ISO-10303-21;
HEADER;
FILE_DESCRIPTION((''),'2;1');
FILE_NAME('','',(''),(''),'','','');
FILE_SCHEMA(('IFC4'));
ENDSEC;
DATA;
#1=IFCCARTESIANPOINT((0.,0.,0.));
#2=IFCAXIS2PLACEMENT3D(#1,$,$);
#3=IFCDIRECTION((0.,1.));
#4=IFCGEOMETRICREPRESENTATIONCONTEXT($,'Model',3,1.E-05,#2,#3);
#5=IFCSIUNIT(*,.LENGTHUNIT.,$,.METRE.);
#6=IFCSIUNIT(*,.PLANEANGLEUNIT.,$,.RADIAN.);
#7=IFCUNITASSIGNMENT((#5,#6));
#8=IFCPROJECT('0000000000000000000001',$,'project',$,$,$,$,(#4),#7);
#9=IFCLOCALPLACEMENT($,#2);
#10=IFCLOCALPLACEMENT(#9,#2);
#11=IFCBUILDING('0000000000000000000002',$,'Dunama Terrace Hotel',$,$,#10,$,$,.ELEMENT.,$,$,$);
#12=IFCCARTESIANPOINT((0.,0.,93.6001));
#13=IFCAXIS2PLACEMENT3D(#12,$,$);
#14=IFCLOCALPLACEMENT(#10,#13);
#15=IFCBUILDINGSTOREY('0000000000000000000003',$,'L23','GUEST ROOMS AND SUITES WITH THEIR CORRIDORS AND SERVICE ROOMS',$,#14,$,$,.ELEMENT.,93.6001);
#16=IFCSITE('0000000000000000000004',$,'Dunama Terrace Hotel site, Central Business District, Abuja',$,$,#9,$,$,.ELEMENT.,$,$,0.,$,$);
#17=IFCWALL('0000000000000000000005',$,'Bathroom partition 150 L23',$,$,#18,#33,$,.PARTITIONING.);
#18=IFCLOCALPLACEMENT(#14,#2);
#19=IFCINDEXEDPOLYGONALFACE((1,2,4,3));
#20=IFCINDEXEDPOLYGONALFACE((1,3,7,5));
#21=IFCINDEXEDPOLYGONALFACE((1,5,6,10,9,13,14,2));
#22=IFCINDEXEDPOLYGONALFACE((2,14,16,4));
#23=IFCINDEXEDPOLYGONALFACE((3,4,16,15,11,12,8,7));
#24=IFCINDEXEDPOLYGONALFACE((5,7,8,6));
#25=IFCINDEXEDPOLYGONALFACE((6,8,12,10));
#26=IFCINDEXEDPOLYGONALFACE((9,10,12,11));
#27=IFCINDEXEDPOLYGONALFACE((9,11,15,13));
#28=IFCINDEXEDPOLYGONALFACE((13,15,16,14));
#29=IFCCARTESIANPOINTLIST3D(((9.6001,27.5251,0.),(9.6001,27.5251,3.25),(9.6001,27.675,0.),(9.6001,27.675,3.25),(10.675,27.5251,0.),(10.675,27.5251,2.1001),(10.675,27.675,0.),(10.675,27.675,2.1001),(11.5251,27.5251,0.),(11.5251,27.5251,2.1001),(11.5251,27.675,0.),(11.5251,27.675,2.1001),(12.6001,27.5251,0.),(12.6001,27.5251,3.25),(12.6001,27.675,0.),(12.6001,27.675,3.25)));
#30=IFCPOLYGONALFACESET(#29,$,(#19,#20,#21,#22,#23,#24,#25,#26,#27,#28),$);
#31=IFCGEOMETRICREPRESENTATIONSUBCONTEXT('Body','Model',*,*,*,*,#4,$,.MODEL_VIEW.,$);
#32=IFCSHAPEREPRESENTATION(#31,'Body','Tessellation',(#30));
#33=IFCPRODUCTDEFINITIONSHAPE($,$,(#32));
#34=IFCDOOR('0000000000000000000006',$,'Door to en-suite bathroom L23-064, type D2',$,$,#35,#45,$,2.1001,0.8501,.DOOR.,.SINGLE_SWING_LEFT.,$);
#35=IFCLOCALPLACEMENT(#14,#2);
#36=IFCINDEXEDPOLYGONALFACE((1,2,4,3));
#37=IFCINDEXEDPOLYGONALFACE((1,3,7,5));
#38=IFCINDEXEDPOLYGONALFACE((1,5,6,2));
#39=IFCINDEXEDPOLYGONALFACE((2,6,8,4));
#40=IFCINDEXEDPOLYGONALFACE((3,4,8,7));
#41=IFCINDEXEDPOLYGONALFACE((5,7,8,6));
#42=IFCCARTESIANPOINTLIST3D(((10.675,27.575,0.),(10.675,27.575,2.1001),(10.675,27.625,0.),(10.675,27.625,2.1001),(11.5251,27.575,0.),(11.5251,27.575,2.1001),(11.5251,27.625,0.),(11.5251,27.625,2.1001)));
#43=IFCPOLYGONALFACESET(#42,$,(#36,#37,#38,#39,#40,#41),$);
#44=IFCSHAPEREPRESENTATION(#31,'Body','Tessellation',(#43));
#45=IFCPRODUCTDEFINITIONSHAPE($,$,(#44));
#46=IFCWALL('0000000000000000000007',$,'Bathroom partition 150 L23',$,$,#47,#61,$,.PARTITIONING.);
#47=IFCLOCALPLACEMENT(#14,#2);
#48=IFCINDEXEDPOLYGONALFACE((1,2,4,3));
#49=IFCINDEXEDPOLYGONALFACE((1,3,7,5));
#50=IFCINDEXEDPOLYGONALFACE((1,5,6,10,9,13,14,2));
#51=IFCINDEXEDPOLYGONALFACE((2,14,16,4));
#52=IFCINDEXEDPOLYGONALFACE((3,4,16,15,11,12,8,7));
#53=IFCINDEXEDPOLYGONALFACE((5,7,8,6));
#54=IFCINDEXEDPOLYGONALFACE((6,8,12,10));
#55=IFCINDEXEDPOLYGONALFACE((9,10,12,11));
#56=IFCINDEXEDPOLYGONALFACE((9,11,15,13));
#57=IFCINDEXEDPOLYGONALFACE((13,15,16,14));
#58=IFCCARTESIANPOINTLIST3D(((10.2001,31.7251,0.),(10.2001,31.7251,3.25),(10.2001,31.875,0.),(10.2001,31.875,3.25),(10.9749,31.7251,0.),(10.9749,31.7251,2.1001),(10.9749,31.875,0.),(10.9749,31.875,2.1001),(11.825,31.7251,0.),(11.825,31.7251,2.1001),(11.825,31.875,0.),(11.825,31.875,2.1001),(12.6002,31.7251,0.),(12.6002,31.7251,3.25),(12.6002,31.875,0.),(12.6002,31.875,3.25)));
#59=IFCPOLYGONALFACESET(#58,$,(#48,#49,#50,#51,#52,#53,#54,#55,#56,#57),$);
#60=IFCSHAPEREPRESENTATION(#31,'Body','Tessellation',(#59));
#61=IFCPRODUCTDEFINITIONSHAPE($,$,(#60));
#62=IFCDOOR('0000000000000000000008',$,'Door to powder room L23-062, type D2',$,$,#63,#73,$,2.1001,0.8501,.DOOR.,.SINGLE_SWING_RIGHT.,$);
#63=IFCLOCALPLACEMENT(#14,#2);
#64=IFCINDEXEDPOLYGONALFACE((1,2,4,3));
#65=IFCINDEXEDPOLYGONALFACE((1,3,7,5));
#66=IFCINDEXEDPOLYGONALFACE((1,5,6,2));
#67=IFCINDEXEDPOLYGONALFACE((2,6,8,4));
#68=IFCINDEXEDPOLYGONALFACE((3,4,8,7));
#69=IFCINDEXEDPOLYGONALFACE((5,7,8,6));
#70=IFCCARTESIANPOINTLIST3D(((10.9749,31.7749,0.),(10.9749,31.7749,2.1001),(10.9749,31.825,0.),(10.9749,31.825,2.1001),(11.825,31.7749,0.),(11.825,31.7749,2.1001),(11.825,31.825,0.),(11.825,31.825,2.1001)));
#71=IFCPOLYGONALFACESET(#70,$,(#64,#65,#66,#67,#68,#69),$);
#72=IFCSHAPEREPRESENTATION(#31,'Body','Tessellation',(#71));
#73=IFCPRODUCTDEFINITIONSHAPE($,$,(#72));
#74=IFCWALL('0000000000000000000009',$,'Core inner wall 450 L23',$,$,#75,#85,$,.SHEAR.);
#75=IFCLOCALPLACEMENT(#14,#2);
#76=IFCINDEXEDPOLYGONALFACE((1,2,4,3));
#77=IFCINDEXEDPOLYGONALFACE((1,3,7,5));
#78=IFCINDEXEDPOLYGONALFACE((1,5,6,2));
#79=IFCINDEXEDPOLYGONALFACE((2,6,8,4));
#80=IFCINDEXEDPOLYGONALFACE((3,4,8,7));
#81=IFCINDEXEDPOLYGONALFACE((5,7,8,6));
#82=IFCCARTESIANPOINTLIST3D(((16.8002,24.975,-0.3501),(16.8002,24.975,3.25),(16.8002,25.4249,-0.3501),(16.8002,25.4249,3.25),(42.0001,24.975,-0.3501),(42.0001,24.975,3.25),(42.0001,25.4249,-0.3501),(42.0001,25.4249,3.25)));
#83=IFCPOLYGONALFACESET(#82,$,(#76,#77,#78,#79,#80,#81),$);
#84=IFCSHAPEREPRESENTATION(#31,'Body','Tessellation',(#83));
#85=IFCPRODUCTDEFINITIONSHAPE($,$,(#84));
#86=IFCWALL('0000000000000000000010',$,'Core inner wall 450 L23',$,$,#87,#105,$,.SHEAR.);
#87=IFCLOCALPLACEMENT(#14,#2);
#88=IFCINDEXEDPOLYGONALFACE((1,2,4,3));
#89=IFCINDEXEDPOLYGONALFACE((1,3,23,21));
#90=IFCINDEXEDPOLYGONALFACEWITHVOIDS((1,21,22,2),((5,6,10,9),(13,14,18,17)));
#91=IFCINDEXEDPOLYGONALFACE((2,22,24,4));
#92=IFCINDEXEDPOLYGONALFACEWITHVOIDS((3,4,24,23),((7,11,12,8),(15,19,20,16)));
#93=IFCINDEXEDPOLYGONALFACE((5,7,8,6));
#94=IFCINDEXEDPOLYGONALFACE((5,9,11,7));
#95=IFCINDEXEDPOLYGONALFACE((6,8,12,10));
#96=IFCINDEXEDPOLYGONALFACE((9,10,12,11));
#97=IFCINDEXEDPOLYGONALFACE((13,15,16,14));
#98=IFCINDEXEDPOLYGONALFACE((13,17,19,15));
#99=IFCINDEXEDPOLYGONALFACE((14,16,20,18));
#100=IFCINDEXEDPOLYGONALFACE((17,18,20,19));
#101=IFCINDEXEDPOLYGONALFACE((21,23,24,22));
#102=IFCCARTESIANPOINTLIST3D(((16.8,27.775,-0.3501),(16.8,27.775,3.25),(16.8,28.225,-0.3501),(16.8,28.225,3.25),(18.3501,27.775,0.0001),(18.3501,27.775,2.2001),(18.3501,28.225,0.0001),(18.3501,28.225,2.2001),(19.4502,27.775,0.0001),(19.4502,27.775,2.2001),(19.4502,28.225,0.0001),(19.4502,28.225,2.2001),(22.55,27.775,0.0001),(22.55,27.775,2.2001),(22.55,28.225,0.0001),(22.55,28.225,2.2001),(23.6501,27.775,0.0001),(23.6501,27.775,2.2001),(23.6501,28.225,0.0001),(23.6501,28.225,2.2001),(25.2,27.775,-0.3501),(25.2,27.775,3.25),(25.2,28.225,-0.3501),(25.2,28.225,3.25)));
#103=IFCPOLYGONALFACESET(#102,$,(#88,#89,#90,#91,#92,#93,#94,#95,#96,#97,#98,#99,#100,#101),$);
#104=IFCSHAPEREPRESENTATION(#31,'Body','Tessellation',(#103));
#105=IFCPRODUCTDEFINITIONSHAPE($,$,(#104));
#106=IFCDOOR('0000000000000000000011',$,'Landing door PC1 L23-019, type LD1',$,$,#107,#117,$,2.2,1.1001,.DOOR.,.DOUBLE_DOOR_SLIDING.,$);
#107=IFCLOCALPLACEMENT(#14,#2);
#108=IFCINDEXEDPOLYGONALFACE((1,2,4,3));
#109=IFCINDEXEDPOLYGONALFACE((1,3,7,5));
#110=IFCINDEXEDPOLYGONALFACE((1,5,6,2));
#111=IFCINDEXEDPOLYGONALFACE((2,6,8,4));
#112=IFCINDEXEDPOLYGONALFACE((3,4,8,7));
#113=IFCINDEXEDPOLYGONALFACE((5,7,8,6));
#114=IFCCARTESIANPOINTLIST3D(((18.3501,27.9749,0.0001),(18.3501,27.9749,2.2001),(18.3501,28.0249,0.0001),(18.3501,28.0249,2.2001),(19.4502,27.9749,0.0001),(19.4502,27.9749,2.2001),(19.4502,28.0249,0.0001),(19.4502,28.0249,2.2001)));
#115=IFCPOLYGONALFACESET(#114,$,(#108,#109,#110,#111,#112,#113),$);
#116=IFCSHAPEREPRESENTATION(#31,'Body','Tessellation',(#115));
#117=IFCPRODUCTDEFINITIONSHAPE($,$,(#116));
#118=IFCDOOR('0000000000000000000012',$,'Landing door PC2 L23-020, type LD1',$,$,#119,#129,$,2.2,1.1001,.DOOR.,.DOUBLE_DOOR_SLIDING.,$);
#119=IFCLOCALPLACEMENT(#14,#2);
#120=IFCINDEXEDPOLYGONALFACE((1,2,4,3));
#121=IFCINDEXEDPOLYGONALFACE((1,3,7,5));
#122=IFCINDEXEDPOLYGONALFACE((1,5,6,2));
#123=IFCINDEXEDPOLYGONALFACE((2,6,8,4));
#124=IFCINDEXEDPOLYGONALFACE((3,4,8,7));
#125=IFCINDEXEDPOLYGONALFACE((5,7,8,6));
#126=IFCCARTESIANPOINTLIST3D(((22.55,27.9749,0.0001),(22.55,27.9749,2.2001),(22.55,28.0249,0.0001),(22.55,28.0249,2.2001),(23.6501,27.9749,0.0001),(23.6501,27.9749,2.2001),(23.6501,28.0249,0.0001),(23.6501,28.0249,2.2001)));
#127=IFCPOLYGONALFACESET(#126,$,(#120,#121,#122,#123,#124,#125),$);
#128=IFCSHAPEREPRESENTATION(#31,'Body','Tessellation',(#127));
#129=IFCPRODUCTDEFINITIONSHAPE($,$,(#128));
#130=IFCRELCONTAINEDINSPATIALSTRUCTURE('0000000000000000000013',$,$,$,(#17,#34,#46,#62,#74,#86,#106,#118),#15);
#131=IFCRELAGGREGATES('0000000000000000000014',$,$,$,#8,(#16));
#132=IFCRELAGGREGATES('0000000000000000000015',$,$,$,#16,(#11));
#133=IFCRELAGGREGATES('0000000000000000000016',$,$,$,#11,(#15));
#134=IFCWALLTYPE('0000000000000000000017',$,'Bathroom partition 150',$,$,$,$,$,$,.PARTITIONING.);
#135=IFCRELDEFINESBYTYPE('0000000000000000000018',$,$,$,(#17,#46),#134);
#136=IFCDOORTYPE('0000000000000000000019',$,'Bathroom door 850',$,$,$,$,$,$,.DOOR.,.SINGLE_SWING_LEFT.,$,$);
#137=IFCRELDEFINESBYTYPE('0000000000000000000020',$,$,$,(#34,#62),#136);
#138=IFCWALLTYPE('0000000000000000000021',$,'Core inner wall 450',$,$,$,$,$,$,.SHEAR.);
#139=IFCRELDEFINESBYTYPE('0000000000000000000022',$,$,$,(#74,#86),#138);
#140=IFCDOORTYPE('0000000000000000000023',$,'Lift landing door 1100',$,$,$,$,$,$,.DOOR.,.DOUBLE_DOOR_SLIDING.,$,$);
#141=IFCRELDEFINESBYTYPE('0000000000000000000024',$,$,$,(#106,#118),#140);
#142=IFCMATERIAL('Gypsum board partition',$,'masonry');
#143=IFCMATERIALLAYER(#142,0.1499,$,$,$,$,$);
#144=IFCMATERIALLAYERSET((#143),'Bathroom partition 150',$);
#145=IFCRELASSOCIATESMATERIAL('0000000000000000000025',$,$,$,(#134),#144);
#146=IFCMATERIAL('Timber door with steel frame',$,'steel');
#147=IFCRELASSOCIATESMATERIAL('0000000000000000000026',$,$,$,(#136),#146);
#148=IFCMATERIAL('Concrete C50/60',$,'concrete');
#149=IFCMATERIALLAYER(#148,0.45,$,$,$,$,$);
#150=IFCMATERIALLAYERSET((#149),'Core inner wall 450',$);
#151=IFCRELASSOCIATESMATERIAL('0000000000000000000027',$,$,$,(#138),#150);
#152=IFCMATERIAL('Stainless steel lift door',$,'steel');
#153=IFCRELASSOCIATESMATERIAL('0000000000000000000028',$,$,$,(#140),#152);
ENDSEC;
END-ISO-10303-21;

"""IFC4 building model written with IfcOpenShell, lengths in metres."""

from ifc_helpers import new_model, si_unit, direction, frame, frame_2d, origin, place, context, subcontext, project, spatial, rectangle, extrude, material, layer, layer_set, type_object, element, fill, save


model = new_model("IFC4")

# Units and contexts
model_context = context("Model", 3, precision=1e-05, world=origin(), true_north=direction((0.0, 1.0)))
body_context = subcontext(model_context, "Body", "Model", "MODEL_VIEW")
ifc_project = project(units=[si_unit("LENGTHUNIT", "METRE"), si_unit("PLANEANGLEUNIT", "RADIAN")], contexts=[model_context])

# Site, building, storey
site_placement = place(None, origin())
site = spatial("IfcSite", under=ifc_project, at=site_placement, Name="Dunama Terrace Hotel site, Central Business District, Abuja", CompositionType="ELEMENT", RefElevation=0.0)
building_placement = place(site_placement, origin())
building = spatial("IfcBuilding", under=site, at=building_placement, Name="Dunama Terrace Hotel", CompositionType="ELEMENT")
storey_placement = place(building_placement, frame((0.0, 0.0, 93.6001)))
storey = spatial("IfcBuildingStorey", under=building, at=storey_placement, Name="L23", Description="GUEST ROOMS AND SUITES WITH THEIR CORRIDORS AND SERVICE ROOMS", CompositionType="ELEMENT", Elevation=93.6001)

# Shared definitions
ifc_material_1 = material(Name="Gypsum board partition", Category="masonry")
ifc_layer_1 = layer(ifc_material_1, 0.1499)
ifc_layer_set_1 = layer_set([ifc_layer_1], Name="Bathroom partition 150")
wall_type_1 = type_object("IfcWallType", Name="Bathroom partition 150", PredefinedType="PARTITIONING", material=ifc_layer_set_1)

# Walls, openings, doors
wall_1_placement = place(storey_placement, frame((9.6001, 27.6001, 0.0), z_axis=(0.0, 0.0, 1.0), x_axis=(1.0, 0.0, 0.0)))
wall_1 = element("IfcWall", 1, at=wall_1_placement, inside=storey, type_object=wall_type_1, Name="Bathroom partition 150 L23", PredefinedType="PARTITIONING", context=body_context, shape_type="SweptSolid", body=[
    extrude(rectangle(XDim=3.0, YDim=0.1499, at=frame_2d((1.5, 0.0))), origin(), (0.0, 0.0, 1.0), 3.25),
])
opening_1_placement = place(wall_1_placement, frame((1.075, 0.0, 0.0)))
opening_1 = element("IfcOpeningElement", 2, at=opening_1_placement, cuts=wall_1, PredefinedType="OPENING", context=body_context, shape_type="SweptSolid", body=[
    extrude(rectangle(XDim=0.8501, YDim=2.1001, at=frame_2d((0.425, 1.05))), frame((0.0, 0.085, 0.0), z_axis=(0.0, -1.0, 0.0), x_axis=(1.0, 0.0, 0.0)), (0.0, 0.0, 1.0), 0.1699),
])
ifc_material_2 = material(Name="Timber door with steel frame", Category="steel")
door_type_1 = type_object("IfcDoorType", Name="Bathroom door 850", OperationType="SINGLE_SWING_LEFT", PredefinedType="DOOR", material=ifc_material_2)
door_1_placement = place(opening_1_placement, frame((0.8501, 0.0, 0.0), z_axis=(0.0, 0.0, 1.0), x_axis=(-1.0, 0.0, 0.0)))
door_1 = element("IfcDoor", 3, at=door_1_placement, inside=storey, type_object=door_type_1, Name="Door to en-suite bathroom L23-064, type D2", OperationType="SINGLE_SWING_LEFT", OverallHeight=2.1001, OverallWidth=0.8501, PredefinedType="DOOR", context=body_context, shape_type="SweptSolid", body=[
    extrude(rectangle(XDim=0.8501, YDim=2.1001, at=frame_2d((0.425, 1.05))), frame((0.0, 0.0251, 0.0), z_axis=(0.0, -1.0, 0.0), x_axis=(1.0, 0.0, 0.0)), (0.0, 0.0, 1.0), 0.05),
])
fill(opening_1, door_1)
wall_2_placement = place(storey_placement, frame((10.2, 31.8, 0.0), z_axis=(0.0, 0.0, 1.0), x_axis=(1.0, 0.0, 0.0)))
wall_2 = element("IfcWall", 4, at=wall_2_placement, inside=storey, type_object=wall_type_1, Name="Bathroom partition 150 L23", PredefinedType="PARTITIONING", context=body_context, shape_type="SweptSolid", body=[
    extrude(rectangle(XDim=2.4001, YDim=0.1499, at=frame_2d((1.2002, 0.0))), origin(), (0.0, 0.0, 1.0), 3.25),
])
opening_2_placement = place(wall_2_placement, frame((0.7749, 0.0, 0.0)))
opening_2 = element("IfcOpeningElement", 5, at=opening_2_placement, cuts=wall_2, PredefinedType="OPENING", context=body_context, shape_type="SweptSolid", body=[
    extrude(rectangle(XDim=0.8501, YDim=2.1001, at=frame_2d((0.425, 1.05))), frame((0.0, 0.085, 0.0), z_axis=(0.0, -1.0, 0.0), x_axis=(1.0, 0.0, 0.0)), (0.0, 0.0, 1.0), 0.1699),
])
door_2_placement = place(opening_2_placement, origin())
door_2 = element("IfcDoor", 6, at=door_2_placement, inside=storey, type_object=door_type_1, Name="Door to powder room L23-062, type D2", OperationType="SINGLE_SWING_RIGHT", OverallHeight=2.1001, OverallWidth=0.8501, PredefinedType="DOOR", context=body_context, shape_type="SweptSolid", body=[
    extrude(rectangle(XDim=0.8501, YDim=2.1001, at=frame_2d((0.425, 1.05))), frame((0.0, 0.0249, 0.0), z_axis=(0.0, -1.0, 0.0), x_axis=(1.0, 0.0, 0.0)), (0.0, 0.0, 1.0), 0.05),
])
fill(opening_2, door_2)

# Wall
ifc_material_3 = material(Name="Concrete C50/60", Category="concrete")
ifc_layer_2 = layer(ifc_material_3, 0.45)
ifc_layer_set_2 = layer_set([ifc_layer_2], Name="Core inner wall 450")
wall_type_2 = type_object("IfcWallType", Name="Core inner wall 450", PredefinedType="SHEAR", material=ifc_layer_set_2)
wall_3_placement = place(storey_placement, frame((16.8, 25.2, -0.3501), z_axis=(0.0, 0.0, 1.0), x_axis=(1.0, 0.0, 0.0)))
element("IfcWall", 7, at=wall_3_placement, inside=storey, type_object=wall_type_2, Name="Core inner wall 450 L23", PredefinedType="SHEAR", context=body_context, shape_type="SweptSolid", body=[
    extrude(rectangle(XDim=25.2, YDim=0.45, at=frame_2d((12.6001, 0.0))), origin(), (0.0, 0.0, 1.0), 3.6001),
])

# Wall, openings, doors
wall_4_placement = place(storey_placement, frame((16.8, 28.0, -0.3501), z_axis=(0.0, 0.0, 1.0), x_axis=(1.0, 0.0, 0.0)))
wall_4 = element("IfcWall", 8, at=wall_4_placement, inside=storey, type_object=wall_type_2, Name="Core inner wall 450 L23", PredefinedType="SHEAR", context=body_context, shape_type="SweptSolid", body=[
    extrude(rectangle(XDim=8.3999, YDim=0.45, at=frame_2d((4.2, 0.0))), origin(), (0.0, 0.0, 1.0), 3.6001),
])
opening_3_placement = place(wall_4_placement, frame((1.55, 0.0, 0.3501)))
opening_3 = element("IfcOpeningElement", 9, at=opening_3_placement, cuts=wall_4, PredefinedType="OPENING", context=body_context, shape_type="SweptSolid", body=[
    extrude(rectangle(XDim=1.1001, YDim=2.2, at=frame_2d((0.55, 1.1001))), frame((0.0, 0.2349, 0.0), z_axis=(0.0, -1.0, 0.0), x_axis=(1.0, 0.0, 0.0)), (0.0, 0.0, 1.0), 0.47),
])
opening_4_placement = place(wall_4_placement, frame((5.75, 0.0, 0.3501)))
opening_4 = element("IfcOpeningElement", 10, at=opening_4_placement, cuts=wall_4, PredefinedType="OPENING", context=body_context, shape_type="SweptSolid", body=[
    extrude(rectangle(XDim=1.1001, YDim=2.2, at=frame_2d((0.55, 1.1001))), frame((0.0, 0.2349, 0.0), z_axis=(0.0, -1.0, 0.0), x_axis=(1.0, 0.0, 0.0)), (0.0, 0.0, 1.0), 0.47),
])
ifc_material_4 = material(Name="Stainless steel lift door", Category="steel")
door_type_2 = type_object("IfcDoorType", Name="Lift landing door 1100", OperationType="DOUBLE_DOOR_SLIDING", PredefinedType="DOOR", material=ifc_material_4)
door_3_placement = place(opening_3_placement, origin())
door_3 = element("IfcDoor", 11, at=door_3_placement, inside=storey, type_object=door_type_2, Name="Landing door PC1 L23-019, type LD1", OperationType="DOUBLE_DOOR_SLIDING", OverallHeight=2.2, OverallWidth=1.1001, PredefinedType="DOOR", context=body_context, shape_type="SweptSolid", body=[
    extrude(rectangle(XDim=1.1001, YDim=2.2, at=frame_2d((0.55, 1.1001))), frame((0.0, 0.0249, 0.0), z_axis=(0.0, -1.0, 0.0), x_axis=(1.0, 0.0, 0.0)), (0.0, 0.0, 1.0), 0.05),
])
fill(opening_3, door_3)
door_4_placement = place(opening_4_placement, origin())
door_4 = element("IfcDoor", 12, at=door_4_placement, inside=storey, type_object=door_type_2, Name="Landing door PC2 L23-020, type LD1", OperationType="DOUBLE_DOOR_SLIDING", OverallHeight=2.2, OverallWidth=1.1001, PredefinedType="DOOR", context=body_context, shape_type="SweptSolid", body=[
    extrude(rectangle(XDim=1.1001, YDim=2.2, at=frame_2d((0.55, 1.1001))), frame((0.0, 0.0249, 0.0), z_axis=(0.0, -1.0, 0.0), x_axis=(1.0, 0.0, 0.0)), (0.0, 0.0, 1.0), 0.05),
])
fill(opening_4, door_4)

save(model, "model.ifc")
